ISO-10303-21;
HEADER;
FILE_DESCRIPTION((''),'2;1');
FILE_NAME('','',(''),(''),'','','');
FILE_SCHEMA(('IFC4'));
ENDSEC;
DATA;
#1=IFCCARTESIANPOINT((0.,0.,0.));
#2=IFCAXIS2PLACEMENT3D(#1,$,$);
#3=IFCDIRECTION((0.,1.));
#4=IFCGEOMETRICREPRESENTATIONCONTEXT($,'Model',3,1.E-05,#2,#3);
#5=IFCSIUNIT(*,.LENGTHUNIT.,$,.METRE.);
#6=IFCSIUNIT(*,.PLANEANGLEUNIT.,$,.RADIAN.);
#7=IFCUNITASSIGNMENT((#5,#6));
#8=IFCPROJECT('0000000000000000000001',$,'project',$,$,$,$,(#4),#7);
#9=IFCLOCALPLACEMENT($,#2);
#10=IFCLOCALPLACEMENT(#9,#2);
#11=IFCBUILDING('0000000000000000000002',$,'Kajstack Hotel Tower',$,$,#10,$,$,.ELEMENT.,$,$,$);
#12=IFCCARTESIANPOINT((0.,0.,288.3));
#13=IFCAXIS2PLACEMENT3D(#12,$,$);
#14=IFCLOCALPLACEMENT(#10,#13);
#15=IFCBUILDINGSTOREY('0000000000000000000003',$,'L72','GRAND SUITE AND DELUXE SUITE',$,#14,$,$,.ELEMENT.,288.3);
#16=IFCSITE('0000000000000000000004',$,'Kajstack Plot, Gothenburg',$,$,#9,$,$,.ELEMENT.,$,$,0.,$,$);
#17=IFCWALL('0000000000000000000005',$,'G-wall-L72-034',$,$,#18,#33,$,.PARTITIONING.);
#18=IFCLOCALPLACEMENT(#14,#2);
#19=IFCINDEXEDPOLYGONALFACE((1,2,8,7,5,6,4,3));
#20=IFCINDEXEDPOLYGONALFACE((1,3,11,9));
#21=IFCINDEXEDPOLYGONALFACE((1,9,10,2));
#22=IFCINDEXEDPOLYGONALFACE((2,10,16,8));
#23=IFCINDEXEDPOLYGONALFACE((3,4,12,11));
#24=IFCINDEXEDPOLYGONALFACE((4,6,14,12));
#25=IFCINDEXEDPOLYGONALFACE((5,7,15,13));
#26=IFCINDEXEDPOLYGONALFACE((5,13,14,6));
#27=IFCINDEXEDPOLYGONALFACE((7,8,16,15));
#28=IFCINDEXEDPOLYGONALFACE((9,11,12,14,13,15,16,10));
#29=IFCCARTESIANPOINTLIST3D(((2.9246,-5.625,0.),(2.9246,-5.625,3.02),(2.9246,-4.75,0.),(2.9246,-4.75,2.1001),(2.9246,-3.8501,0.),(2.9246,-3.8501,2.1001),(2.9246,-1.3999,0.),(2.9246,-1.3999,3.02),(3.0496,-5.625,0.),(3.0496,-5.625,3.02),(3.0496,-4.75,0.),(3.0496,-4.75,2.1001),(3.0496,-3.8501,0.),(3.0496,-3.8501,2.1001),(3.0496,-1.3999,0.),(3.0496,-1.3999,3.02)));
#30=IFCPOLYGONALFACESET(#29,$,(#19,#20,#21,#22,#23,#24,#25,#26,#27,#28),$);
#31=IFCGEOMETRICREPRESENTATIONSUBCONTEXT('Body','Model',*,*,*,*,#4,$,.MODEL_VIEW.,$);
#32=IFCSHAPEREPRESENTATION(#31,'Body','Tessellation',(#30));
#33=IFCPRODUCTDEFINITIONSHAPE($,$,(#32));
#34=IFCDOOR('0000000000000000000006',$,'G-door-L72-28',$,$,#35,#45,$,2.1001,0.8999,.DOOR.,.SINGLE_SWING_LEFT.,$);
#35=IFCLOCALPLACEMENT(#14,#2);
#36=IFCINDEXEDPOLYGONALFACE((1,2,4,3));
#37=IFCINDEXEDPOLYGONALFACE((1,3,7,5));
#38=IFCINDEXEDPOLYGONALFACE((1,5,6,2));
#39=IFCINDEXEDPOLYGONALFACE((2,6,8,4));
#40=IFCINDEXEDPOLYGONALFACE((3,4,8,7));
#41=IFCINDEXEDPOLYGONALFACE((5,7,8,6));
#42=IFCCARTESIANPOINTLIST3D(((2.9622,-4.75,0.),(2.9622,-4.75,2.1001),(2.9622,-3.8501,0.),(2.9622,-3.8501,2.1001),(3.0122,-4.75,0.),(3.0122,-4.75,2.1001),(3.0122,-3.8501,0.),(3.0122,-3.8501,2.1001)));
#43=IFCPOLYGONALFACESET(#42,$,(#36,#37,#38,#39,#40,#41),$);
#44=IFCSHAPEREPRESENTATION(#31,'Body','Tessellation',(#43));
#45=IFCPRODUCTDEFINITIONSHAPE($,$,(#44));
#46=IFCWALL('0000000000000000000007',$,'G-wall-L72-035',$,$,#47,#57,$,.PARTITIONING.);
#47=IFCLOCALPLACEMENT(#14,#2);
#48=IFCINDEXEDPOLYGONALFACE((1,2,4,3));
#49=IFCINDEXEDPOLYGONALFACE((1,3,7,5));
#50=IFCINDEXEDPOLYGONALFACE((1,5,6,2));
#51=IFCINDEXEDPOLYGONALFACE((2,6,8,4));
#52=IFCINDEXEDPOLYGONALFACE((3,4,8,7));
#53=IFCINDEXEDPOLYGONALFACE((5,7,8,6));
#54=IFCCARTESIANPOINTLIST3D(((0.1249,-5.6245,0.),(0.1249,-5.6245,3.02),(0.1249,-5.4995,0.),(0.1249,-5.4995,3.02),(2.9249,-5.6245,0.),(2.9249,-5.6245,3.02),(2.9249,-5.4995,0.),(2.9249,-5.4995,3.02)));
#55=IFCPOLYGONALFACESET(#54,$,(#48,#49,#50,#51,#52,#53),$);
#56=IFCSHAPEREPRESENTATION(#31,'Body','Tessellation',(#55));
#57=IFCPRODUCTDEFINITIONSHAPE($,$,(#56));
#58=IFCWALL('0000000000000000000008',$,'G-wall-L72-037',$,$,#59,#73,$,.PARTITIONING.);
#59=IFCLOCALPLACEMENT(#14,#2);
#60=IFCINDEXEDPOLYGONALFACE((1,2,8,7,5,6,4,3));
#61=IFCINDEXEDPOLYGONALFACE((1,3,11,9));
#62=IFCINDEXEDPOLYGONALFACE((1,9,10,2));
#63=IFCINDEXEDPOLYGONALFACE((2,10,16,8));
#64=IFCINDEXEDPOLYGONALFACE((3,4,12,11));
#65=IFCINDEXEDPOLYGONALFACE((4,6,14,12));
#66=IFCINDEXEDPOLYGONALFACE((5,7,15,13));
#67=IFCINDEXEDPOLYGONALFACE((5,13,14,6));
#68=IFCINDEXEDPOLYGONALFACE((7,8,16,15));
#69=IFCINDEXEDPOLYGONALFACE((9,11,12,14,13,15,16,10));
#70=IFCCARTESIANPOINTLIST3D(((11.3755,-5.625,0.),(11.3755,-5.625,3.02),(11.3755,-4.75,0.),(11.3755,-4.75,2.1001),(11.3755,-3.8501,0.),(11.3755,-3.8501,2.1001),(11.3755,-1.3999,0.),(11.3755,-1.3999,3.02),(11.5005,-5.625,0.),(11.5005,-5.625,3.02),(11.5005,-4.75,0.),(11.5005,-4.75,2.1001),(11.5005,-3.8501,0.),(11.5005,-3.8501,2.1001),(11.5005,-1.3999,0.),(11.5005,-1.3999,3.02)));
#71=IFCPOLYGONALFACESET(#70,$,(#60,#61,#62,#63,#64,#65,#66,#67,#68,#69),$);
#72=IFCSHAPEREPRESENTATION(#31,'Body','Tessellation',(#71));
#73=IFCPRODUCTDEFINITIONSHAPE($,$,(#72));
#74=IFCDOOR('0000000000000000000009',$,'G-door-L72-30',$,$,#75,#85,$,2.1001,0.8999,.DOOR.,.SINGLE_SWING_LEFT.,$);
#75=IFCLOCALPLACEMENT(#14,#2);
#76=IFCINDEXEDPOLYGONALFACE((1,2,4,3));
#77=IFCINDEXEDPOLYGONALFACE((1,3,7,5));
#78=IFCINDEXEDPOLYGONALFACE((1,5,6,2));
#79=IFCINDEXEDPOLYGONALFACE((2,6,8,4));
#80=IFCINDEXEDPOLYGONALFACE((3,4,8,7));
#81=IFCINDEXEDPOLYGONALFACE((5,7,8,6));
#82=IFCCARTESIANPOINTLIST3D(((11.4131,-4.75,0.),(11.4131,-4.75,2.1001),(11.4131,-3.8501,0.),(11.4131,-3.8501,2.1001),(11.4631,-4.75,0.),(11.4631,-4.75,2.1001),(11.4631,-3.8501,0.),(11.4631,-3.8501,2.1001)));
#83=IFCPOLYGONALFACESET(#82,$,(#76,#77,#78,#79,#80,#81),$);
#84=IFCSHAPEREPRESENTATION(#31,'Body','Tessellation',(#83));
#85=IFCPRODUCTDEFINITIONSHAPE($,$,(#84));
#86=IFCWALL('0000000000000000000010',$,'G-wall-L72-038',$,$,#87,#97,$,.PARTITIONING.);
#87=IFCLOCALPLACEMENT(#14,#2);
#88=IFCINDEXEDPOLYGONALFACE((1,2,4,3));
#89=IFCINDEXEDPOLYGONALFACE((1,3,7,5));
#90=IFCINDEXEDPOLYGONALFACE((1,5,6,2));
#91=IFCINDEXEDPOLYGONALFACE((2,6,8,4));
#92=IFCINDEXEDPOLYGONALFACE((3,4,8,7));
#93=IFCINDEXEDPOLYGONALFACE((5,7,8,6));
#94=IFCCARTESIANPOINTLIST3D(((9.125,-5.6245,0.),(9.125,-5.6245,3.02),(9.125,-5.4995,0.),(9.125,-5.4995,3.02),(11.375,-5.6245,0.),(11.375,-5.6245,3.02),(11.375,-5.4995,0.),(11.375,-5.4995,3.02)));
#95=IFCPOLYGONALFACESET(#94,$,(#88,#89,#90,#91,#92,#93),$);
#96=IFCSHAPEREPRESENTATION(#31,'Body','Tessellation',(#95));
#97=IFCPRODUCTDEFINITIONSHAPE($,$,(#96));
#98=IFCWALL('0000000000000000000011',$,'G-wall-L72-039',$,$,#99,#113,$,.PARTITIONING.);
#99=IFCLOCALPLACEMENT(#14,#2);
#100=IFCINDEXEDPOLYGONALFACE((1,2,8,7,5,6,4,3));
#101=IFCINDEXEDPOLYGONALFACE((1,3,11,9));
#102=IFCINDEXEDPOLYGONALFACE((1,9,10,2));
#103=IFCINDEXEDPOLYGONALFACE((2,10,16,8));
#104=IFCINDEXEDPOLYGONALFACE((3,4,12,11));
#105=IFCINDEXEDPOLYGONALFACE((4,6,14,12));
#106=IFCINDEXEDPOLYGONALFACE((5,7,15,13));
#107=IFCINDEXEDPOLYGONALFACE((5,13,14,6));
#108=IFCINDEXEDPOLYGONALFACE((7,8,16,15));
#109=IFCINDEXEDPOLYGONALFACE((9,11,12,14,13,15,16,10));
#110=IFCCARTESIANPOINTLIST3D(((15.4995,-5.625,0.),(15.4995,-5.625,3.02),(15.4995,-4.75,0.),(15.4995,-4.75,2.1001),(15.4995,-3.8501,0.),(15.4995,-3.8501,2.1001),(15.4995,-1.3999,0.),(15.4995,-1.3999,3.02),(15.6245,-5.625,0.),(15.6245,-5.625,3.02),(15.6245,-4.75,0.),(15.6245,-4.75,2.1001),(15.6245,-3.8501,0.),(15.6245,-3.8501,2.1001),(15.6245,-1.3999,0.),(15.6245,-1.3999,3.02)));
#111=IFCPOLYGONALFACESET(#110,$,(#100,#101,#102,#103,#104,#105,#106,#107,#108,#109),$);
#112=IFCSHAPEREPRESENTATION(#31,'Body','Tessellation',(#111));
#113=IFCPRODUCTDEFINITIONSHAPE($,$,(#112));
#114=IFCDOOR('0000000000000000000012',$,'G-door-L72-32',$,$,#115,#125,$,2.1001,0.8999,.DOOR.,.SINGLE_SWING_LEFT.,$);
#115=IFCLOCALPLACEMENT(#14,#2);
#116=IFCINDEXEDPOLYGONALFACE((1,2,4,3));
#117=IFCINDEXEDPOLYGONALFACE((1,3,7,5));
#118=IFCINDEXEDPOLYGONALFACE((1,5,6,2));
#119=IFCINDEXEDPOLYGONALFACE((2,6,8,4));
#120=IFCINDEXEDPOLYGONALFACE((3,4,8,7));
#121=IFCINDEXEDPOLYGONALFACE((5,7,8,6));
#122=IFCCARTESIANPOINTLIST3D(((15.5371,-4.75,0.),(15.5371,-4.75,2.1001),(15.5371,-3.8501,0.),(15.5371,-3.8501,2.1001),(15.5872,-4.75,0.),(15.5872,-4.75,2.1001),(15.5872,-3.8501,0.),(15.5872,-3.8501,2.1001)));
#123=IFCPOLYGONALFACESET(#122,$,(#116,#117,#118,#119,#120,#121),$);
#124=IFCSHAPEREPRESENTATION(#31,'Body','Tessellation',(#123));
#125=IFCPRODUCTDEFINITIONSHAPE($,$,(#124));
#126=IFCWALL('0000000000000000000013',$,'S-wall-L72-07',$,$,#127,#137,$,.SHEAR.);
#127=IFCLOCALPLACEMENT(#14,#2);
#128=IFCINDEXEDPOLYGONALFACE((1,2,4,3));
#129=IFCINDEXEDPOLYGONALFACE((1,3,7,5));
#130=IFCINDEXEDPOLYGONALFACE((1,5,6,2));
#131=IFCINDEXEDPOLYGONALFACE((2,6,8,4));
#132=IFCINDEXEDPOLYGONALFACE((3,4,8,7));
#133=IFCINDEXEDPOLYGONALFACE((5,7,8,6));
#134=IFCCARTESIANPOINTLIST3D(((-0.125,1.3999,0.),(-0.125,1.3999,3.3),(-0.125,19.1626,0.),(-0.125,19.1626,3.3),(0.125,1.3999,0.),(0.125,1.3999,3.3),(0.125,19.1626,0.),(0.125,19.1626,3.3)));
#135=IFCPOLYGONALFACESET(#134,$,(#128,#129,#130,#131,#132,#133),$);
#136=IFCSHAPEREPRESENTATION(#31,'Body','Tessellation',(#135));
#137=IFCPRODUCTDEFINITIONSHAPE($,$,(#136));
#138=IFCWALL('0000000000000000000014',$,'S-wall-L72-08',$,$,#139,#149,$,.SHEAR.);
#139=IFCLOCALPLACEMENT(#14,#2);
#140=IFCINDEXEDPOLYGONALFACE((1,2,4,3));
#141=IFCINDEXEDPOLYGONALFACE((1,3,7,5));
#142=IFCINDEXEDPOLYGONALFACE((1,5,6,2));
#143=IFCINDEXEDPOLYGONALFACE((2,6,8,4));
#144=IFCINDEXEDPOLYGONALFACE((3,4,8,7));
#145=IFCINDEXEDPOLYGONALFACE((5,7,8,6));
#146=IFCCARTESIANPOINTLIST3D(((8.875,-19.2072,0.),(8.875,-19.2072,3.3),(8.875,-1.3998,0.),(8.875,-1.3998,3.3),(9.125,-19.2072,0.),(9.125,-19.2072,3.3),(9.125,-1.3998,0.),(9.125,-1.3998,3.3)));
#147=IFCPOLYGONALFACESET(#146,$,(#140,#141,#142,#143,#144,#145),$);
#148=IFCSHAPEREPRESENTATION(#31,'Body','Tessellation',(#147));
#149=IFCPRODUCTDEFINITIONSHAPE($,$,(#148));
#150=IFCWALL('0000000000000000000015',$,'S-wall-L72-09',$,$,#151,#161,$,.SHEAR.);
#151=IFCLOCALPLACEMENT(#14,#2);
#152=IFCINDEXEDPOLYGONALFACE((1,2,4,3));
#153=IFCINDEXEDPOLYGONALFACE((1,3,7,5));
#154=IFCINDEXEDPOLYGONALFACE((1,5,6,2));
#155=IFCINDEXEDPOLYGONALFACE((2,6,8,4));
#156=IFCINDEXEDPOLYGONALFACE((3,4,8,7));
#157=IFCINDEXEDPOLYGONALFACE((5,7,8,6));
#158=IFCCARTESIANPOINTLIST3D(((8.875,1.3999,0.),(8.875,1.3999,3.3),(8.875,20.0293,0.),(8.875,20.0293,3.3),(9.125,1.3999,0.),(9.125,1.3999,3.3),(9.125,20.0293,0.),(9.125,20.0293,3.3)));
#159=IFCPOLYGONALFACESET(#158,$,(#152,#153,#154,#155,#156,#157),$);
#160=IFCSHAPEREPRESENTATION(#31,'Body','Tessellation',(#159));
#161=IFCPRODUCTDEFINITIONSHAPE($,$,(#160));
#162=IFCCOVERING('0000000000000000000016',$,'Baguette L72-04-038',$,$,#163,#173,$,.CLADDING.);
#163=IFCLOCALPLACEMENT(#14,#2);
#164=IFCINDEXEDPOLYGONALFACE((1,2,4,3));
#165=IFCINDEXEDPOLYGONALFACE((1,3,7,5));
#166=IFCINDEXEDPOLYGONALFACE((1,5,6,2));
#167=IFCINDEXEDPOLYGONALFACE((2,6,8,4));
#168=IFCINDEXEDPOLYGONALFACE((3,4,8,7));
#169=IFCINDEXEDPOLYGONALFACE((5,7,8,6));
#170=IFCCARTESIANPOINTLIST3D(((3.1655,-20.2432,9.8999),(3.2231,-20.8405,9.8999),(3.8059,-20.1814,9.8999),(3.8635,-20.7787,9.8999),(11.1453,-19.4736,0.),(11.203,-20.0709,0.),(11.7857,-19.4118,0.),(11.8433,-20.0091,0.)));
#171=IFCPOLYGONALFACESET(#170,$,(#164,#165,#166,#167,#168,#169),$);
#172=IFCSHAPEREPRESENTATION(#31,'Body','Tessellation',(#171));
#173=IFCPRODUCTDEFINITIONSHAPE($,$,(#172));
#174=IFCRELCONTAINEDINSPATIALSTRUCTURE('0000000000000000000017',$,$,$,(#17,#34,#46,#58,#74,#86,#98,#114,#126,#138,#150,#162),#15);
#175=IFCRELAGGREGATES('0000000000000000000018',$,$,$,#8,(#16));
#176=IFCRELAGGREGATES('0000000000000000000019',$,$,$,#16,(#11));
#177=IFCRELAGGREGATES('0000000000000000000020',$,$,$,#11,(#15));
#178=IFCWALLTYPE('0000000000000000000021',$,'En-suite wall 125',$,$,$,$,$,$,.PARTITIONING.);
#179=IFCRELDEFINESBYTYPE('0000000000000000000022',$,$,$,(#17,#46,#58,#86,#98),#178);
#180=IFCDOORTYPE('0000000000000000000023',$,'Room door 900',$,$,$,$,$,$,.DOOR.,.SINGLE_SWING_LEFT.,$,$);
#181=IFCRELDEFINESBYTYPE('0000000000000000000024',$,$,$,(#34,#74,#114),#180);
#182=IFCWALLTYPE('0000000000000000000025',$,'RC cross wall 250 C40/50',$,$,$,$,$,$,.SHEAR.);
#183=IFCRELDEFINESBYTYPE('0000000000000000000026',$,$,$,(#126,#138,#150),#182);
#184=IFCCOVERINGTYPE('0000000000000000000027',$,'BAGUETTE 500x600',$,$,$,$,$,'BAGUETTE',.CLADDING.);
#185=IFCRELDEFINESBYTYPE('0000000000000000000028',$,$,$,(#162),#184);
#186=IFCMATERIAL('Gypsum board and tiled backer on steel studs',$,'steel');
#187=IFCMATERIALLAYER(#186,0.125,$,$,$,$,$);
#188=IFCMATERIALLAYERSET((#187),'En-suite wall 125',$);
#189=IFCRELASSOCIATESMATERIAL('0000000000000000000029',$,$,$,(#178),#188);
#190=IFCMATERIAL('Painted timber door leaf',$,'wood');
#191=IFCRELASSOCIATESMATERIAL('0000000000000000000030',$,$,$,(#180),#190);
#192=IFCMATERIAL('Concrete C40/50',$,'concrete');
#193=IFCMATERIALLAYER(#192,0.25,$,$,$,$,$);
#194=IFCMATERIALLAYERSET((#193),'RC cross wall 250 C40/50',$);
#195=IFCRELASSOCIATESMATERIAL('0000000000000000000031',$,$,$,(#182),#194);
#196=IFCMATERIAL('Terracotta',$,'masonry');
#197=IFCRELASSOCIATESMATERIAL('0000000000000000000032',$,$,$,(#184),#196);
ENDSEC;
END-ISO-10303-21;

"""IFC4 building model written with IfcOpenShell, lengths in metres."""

from ifc_helpers import new_model, si_unit, direction, frame, frame_2d, origin, origin_2d, place, context, subcontext, project, spatial, polyline, rectangle, outline, extrude, material, layer, layer_set, material_profile, profile_set, type_object, element, fill, save


model = new_model("IFC4")

# Units and contexts
model_context = context("Model", 3, precision=1e-05, world=origin(), true_north=direction((0.0, 1.0)))
body_context = subcontext(model_context, "Body", "Model", "MODEL_VIEW")
ifc_project = project(units=[si_unit("LENGTHUNIT", "METRE"), si_unit("PLANEANGLEUNIT", "RADIAN")], contexts=[model_context])

# Site, building, storey
site_placement = place(None, origin())
site = spatial("IfcSite", under=ifc_project, at=site_placement, Name="Kajstack Plot, Gothenburg", CompositionType="ELEMENT", RefElevation=0.0)
building_placement = place(site_placement, origin())
building = spatial("IfcBuilding", under=site, at=building_placement, Name="Kajstack Hotel Tower", CompositionType="ELEMENT")
storey_placement = place(building_placement, frame((0.0, 0.0, 288.3)))
storey = spatial("IfcBuildingStorey", under=building, at=storey_placement, Name="L72", Description="GRAND SUITE AND DELUXE SUITE", CompositionType="ELEMENT", Elevation=288.3)

# Shared definitions
ifc_material_1 = material(Name="Concrete C40/50", Category="concrete")

# Wall, opening, door
ifc_material_2 = material(Name="Gypsum board and tiled backer on steel studs", Category="steel")
ifc_layer_1 = layer(ifc_material_2, 0.125)
ifc_layer_set_1 = layer_set([ifc_layer_1], Name="En-suite wall 125")
wall_type_1 = type_object("IfcWallType", Name="En-suite wall 125", PredefinedType="PARTITIONING", material=ifc_layer_set_1)
ifc_material_3 = material(Name="Painted timber door leaf", Category="wood")
door_type_1 = type_object("IfcDoorType", Name="Room door 900", OperationType="SINGLE_SWING_LEFT", PredefinedType="DOOR", material=ifc_material_3)
wall_1_placement = place(storey_placement, frame((2.9871, -5.625, 0.0), z_axis=(0.0, 0.0, 1.0), x_axis=(0.0, 1.0, 0.0)))
wall_1 = element("IfcWall", 1, at=wall_1_placement, inside=storey, type_object=wall_type_1, Name="G-wall-L72-034", PredefinedType="PARTITIONING", context=body_context, shape_type="SweptSolid", body=[
    extrude(rectangle(XDim=4.2251, YDim=0.125, at=frame_2d((2.1125, 0.0))), origin(), (0.0, 0.0, 1.0), 3.02),
])
opening_1_placement = place(wall_1_placement, frame((0.875, 0.0, 0.0)))
opening_1 = element("IfcOpeningElement", 2, at=opening_1_placement, cuts=wall_1, PredefinedType="OPENING", context=body_context, shape_type="SweptSolid", body=[
    extrude(rectangle(XDim=0.8999, YDim=2.1001, at=frame_2d((0.45, 1.05))), frame((0.0, 0.0725, 0.0), z_axis=(0.0, -1.0, 0.0), x_axis=(1.0, 0.0, 0.0)), (0.0, 0.0, 1.0), 0.145),
])
door_1_placement = place(opening_1_placement, origin())
door_1 = element("IfcDoor", 3, at=door_1_placement, inside=storey, type_object=door_type_1, Name="G-door-L72-28", OperationType="SINGLE_SWING_LEFT", OverallHeight=2.1001, OverallWidth=0.8999, PredefinedType="DOOR", context=body_context, shape_type="SweptSolid", body=[
    extrude(rectangle(XDim=0.8999, YDim=2.1001, at=frame_2d((0.45, 1.05))), frame((0.0, 0.0249, 0.0), z_axis=(0.0, -1.0, 0.0), x_axis=(1.0, 0.0, 0.0)), (0.0, 0.0, 1.0), 0.05),
])
fill(opening_1, door_1)

# Wall
wall_2_placement = place(storey_placement, frame((0.125, -5.562, 0.0), z_axis=(0.0, 0.0, 1.0), x_axis=(1.0, 0.0, 0.0)))
element("IfcWall", 4, at=wall_2_placement, inside=storey, type_object=wall_type_1, Name="G-wall-L72-035", PredefinedType="PARTITIONING", context=body_context, shape_type="SweptSolid", body=[
    extrude(rectangle(XDim=2.8, YDim=0.125, at=frame_2d((1.3999, 0.0))), origin(), (0.0, 0.0, 1.0), 3.02),
])

# Wall, opening, door
wall_3_placement = place(storey_placement, frame((11.438, -5.625, 0.0), z_axis=(0.0, 0.0, 1.0), x_axis=(0.0, 1.0, 0.0)))
wall_3 = element("IfcWall", 5, at=wall_3_placement, inside=storey, type_object=wall_type_1, Name="G-wall-L72-037", PredefinedType="PARTITIONING", context=body_context, shape_type="SweptSolid", body=[
    extrude(rectangle(XDim=4.2251, YDim=0.125, at=frame_2d((2.1125, 0.0))), origin(), (0.0, 0.0, 1.0), 3.02),
])
opening_2_placement = place(wall_3_placement, frame((0.875, 0.0, 0.0)))
opening_2 = element("IfcOpeningElement", 6, at=opening_2_placement, cuts=wall_3, PredefinedType="OPENING", context=body_context, shape_type="SweptSolid", body=[
    extrude(rectangle(XDim=0.8999, YDim=2.1001, at=frame_2d((0.45, 1.05))), frame((0.0, 0.0725, 0.0), z_axis=(0.0, -1.0, 0.0), x_axis=(1.0, 0.0, 0.0)), (0.0, 0.0, 1.0), 0.145),
])
door_2_placement = place(opening_2_placement, origin())
door_2 = element("IfcDoor", 7, at=door_2_placement, inside=storey, type_object=door_type_1, Name="G-door-L72-30", OperationType="SINGLE_SWING_LEFT", OverallHeight=2.1001, OverallWidth=0.8999, PredefinedType="DOOR", context=body_context, shape_type="SweptSolid", body=[
    extrude(rectangle(XDim=0.8999, YDim=2.1001, at=frame_2d((0.45, 1.05))), frame((0.0, 0.0249, 0.0), z_axis=(0.0, -1.0, 0.0), x_axis=(1.0, 0.0, 0.0)), (0.0, 0.0, 1.0), 0.05),
])
fill(opening_2, door_2)

# Wall
wall_4_placement = place(storey_placement, frame((9.125, -5.562, 0.0), z_axis=(0.0, 0.0, 1.0), x_axis=(1.0, 0.0, 0.0)))
element("IfcWall", 8, at=wall_4_placement, inside=storey, type_object=wall_type_1, Name="G-wall-L72-038", PredefinedType="PARTITIONING", context=body_context, shape_type="SweptSolid", body=[
    extrude(rectangle(XDim=2.25, YDim=0.125, at=frame_2d((1.125, 0.0))), origin(), (0.0, 0.0, 1.0), 3.02),
])

# Wall, opening, door
wall_5_placement = place(storey_placement, frame((15.562, -5.625, 0.0), z_axis=(0.0, 0.0, 1.0), x_axis=(0.0, 1.0, 0.0)))
wall_5 = element("IfcWall", 9, at=wall_5_placement, inside=storey, type_object=wall_type_1, Name="G-wall-L72-039", PredefinedType="PARTITIONING", context=body_context, shape_type="SweptSolid", body=[
    extrude(rectangle(XDim=4.2251, YDim=0.125, at=frame_2d((2.1125, 0.0))), origin(), (0.0, 0.0, 1.0), 3.02),
])
opening_3_placement = place(wall_5_placement, frame((0.875, 0.0, 0.0)))
opening_3 = element("IfcOpeningElement", 10, at=opening_3_placement, cuts=wall_5, PredefinedType="OPENING", context=body_context, shape_type="SweptSolid", body=[
    extrude(rectangle(XDim=0.8999, YDim=2.1001, at=frame_2d((0.45, 1.05))), frame((0.0, 0.0725, 0.0), z_axis=(0.0, -1.0, 0.0), x_axis=(1.0, 0.0, 0.0)), (0.0, 0.0, 1.0), 0.145),
])
door_3_placement = place(opening_3_placement, origin())
door_3 = element("IfcDoor", 11, at=door_3_placement, inside=storey, type_object=door_type_1, Name="G-door-L72-32", OperationType="SINGLE_SWING_LEFT", OverallHeight=2.1001, OverallWidth=0.8999, PredefinedType="DOOR", context=body_context, shape_type="SweptSolid", body=[
    extrude(rectangle(XDim=0.8999, YDim=2.1001, at=frame_2d((0.45, 1.05))), frame((0.0, 0.0249, 0.0), z_axis=(0.0, -1.0, 0.0), x_axis=(1.0, 0.0, 0.0)), (0.0, 0.0, 1.0), 0.05),
])
fill(opening_3, door_3)

# Walls
ifc_layer_2 = layer(ifc_material_1, 0.25)
ifc_layer_set_2 = layer_set([ifc_layer_2], Name="RC cross wall 250 C40/50")
wall_type_2 = type_object("IfcWallType", Name="RC cross wall 250 C40/50", PredefinedType="SHEAR", material=ifc_layer_set_2)
wall_6_placement = place(storey_placement, frame((0.0, 1.3999, 0.0), z_axis=(0.0, 0.0, 1.0), x_axis=(0.0, 1.0, 0.0)))
element("IfcWall", 12, at=wall_6_placement, inside=storey, type_object=wall_type_2, Name="S-wall-L72-07", PredefinedType="SHEAR", context=body_context, shape_type="SweptSolid", body=[
    extrude(rectangle(XDim=17.7627, YDim=0.25, at=frame_2d((8.8813, 0.0))), origin(), (0.0, 0.0, 1.0), 3.3),
])
wall_7_placement = place(storey_placement, frame((9.0, -19.2073, 0.0), z_axis=(0.0, 0.0, 1.0), x_axis=(0.0, 1.0, 0.0)))
element("IfcWall", 13, at=wall_7_placement, inside=storey, type_object=wall_type_2, Name="S-wall-L72-08", PredefinedType="SHEAR", context=body_context, shape_type="SweptSolid", body=[
    extrude(rectangle(XDim=17.8074, YDim=0.25, at=frame_2d((8.9038, 0.0))), origin(), (0.0, 0.0, 1.0), 3.3),
])
wall_8_placement = place(storey_placement, frame((9.0, 1.3999, 0.0), z_axis=(0.0, 0.0, 1.0), x_axis=(0.0, 1.0, 0.0)))
element("IfcWall", 14, at=wall_8_placement, inside=storey, type_object=wall_type_2, Name="S-wall-L72-09", PredefinedType="SHEAR", context=body_context, shape_type="SweptSolid", body=[
    extrude(rectangle(XDim=18.6294, YDim=0.25, at=frame_2d((9.3147, 0.0))), origin(), (0.0, 0.0, 1.0), 3.3),
])

# Covering
ifc_material_4 = material(Name="Terracotta", Category="masonry")
ifc_material_profile = material_profile(ifc_material_4, rectangle(XDim=0.6001, YDim=0.5, at=origin_2d()), Name="Terracotta-clad concrete baguette 500 x 600")
ifc_profile_set = profile_set([ifc_material_profile], Name="Terracotta")
covering_type = type_object("IfcCoveringType", Name="BAGUETTE 500x600", ElementType="BAGUETTE", PredefinedType="CLADDING", material=ifc_profile_set)
covering_placement = place(storey_placement, frame((3.1655, -20.2432, 0.0), z_axis=(0.095999, -0.995381, 0.0), x_axis=(0.995381, 0.095999, 0.0)))
element("IfcCovering", 15, at=covering_placement, inside=storey, type_object=covering_type, Name="Baguette L72-04-038", PredefinedType="CLADDING", context=body_context, shape_type="SweptSolid", body=[
    extrude(outline(polyline([(0.0, 9.8999), (8.0168, 0.0), (8.6602, 0.0), (0.6433, 9.8999), (0.0, 9.8999)])), origin(), (0.0, 0.0, 1.0), 0.6001),
])

save(model, "model.ifc")
